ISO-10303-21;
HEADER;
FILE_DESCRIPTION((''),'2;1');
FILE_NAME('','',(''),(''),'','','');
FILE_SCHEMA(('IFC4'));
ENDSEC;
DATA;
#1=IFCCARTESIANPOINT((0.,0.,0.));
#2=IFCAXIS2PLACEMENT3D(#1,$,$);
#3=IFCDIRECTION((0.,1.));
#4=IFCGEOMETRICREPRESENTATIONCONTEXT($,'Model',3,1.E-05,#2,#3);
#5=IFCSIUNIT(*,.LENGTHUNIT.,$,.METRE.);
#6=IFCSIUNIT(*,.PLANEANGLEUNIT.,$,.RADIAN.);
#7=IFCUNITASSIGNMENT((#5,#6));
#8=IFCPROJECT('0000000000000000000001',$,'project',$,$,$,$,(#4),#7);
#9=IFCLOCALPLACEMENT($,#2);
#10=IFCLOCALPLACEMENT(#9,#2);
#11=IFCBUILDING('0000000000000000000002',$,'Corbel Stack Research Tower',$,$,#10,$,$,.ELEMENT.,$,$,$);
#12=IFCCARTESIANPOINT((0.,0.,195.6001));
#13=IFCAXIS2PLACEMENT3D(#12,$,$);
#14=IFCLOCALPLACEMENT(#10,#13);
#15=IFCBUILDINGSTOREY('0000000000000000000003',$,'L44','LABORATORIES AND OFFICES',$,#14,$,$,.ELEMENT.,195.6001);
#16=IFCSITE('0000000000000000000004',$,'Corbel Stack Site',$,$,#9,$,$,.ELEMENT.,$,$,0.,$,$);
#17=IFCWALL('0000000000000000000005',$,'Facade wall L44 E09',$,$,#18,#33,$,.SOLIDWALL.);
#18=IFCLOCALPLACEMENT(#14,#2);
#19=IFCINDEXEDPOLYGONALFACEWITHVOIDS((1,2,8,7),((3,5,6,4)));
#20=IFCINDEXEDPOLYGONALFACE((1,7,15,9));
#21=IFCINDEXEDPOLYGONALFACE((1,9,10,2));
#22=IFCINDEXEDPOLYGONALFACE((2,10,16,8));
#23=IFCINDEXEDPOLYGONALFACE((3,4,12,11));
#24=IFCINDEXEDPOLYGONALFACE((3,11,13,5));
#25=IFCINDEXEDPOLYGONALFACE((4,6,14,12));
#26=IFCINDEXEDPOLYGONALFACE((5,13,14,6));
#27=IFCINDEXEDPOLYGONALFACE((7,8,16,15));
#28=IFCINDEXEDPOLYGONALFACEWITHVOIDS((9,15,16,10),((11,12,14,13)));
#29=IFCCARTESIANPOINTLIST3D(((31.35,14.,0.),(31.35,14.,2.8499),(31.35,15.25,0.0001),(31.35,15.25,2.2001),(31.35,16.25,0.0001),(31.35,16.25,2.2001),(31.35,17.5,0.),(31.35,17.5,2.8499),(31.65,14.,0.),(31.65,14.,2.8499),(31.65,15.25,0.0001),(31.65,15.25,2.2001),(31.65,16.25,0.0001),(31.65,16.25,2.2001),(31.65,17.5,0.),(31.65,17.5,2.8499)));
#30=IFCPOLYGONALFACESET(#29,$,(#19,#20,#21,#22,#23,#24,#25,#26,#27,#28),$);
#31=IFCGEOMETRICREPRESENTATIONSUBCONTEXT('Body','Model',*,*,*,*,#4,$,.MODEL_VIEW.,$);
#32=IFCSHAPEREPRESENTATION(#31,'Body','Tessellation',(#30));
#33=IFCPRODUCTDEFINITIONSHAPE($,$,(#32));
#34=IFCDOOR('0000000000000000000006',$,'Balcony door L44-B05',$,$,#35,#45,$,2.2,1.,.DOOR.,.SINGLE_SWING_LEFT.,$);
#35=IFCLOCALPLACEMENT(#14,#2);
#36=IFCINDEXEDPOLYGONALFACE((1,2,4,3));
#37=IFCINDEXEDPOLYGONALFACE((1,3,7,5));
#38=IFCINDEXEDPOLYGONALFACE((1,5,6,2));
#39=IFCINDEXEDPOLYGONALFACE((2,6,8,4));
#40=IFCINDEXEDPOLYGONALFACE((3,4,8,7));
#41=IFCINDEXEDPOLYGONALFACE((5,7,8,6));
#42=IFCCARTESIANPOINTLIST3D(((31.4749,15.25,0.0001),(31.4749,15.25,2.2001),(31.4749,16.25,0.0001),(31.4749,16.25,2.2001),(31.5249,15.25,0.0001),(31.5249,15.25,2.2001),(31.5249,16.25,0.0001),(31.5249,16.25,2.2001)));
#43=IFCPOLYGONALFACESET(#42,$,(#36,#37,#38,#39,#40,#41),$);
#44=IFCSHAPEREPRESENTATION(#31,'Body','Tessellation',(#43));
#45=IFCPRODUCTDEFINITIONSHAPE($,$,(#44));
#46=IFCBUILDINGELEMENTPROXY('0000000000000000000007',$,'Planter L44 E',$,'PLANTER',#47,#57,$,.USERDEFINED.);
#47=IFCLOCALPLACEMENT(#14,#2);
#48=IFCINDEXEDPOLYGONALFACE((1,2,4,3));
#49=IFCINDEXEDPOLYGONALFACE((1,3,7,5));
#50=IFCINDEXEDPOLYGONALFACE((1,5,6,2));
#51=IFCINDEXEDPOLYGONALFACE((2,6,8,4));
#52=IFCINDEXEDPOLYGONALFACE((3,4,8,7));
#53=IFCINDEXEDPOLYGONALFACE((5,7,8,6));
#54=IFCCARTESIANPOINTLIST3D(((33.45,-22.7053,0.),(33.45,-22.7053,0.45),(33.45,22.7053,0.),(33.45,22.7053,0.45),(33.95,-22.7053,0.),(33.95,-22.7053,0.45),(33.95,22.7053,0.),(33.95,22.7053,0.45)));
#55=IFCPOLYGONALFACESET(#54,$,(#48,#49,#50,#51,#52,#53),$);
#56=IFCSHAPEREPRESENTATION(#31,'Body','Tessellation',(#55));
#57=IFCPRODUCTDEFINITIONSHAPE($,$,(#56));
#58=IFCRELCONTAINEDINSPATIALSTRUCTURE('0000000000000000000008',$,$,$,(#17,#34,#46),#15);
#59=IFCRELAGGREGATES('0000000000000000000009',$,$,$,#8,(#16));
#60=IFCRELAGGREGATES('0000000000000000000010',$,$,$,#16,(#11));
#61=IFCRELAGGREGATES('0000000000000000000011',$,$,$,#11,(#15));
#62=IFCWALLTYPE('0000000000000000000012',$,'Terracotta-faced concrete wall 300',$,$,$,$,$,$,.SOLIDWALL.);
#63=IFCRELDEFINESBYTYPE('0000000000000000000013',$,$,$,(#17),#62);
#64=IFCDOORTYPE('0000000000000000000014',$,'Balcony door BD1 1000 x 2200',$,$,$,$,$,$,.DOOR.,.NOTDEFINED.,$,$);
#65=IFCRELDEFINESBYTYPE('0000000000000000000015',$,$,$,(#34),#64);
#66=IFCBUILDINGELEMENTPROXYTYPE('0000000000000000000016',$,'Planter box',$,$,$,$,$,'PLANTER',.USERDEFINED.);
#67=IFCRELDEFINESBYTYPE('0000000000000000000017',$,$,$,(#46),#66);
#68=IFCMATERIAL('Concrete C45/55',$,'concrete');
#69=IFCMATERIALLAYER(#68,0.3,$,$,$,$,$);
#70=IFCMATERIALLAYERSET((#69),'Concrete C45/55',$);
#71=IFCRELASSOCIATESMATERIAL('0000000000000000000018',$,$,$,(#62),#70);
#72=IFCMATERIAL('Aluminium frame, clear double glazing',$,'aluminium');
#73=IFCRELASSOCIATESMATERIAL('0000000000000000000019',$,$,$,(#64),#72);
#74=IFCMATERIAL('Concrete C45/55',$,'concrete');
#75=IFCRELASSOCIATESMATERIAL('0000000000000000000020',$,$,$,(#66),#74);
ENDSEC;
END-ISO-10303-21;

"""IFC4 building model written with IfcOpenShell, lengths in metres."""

from ifc_helpers import new_model, si_unit, direction, frame, frame_2d, origin, origin_2d, place, context, subcontext, project, spatial, rectangle, extrude, material, layer, layer_set, type_object, element, fill, save


model = new_model("IFC4")

# Units and contexts
model_context = context("Model", 3, precision=1e-05, world=origin(), true_north=direction((0.0, 1.0)))
body_context = subcontext(model_context, "Body", "Model", "MODEL_VIEW")
ifc_project = project(units=[si_unit("LENGTHUNIT", "METRE"), si_unit("PLANEANGLEUNIT", "RADIAN")], contexts=[model_context])

# Site, building, storey
site_placement = place(None, origin())
site = spatial("IfcSite", under=ifc_project, at=site_placement, Name="Corbel Stack Site", CompositionType="ELEMENT", RefElevation=0.0)
building_placement = place(site_placement, origin())
building = spatial("IfcBuilding", under=site, at=building_placement, Name="Corbel Stack Research Tower", CompositionType="ELEMENT")
storey_placement = place(building_placement, frame((0.0, 0.0, 195.6001)))
storey = spatial("IfcBuildingStorey", under=building, at=storey_placement, Name="L44", Description="LABORATORIES AND OFFICES", CompositionType="ELEMENT", Elevation=195.6001)

# Shared definitions
ifc_material_1 = material(Name="Concrete C45/55", Category="concrete")
ifc_layer_1 = layer(ifc_material_1, 0.3)
ifc_layer_set_1 = layer_set([ifc_layer_1], Name="Concrete C45/55")
wall_type_1 = type_object("IfcWallType", Name="Terracotta-faced concrete wall 300", PredefinedType="SOLIDWALL", material=ifc_layer_set_1)

# Wall, opening, door
wall_1_placement = place(storey_placement, frame((31.5, 17.5, 0.0), z_axis=(0.0, 0.0, 1.0), x_axis=(0.0, -1.0, 0.0)))
wall_1 = element("IfcWall", 1, at=wall_1_placement, inside=storey, type_object=wall_type_1, Name="Facade wall L44 E09", PredefinedType="SOLIDWALL", context=body_context, shape_type="SweptSolid", body=[
    extrude(rectangle(XDim=3.5, YDim=0.3, at=frame_2d((1.75, 0.0))), origin(), (0.0, 0.0, 1.0), 2.8499),
])
opening_1_placement = place(wall_1_placement, frame((1.25, 0.0, 0.0)))
opening_1 = element("IfcOpeningElement", 2, at=opening_1_placement, cuts=wall_1, PredefinedType="OPENING", context=body_context, shape_type="SweptSolid", body=[
    extrude(rectangle(XDim=1.0, YDim=2.2, at=frame_2d((0.5, 1.1001))), frame((0.0, 0.1599, 0.0), z_axis=(0.0, -1.0, 0.0), x_axis=(1.0, 0.0, 0.0)), (0.0, 0.0, 1.0), 0.3201),
])
ifc_material_2 = material(Name="Aluminium frame, clear double glazing", Category="aluminium")
door_type_1 = type_object("IfcDoorType", Name="Balcony door BD1 1000 x 2200", OperationType="NOTDEFINED", PredefinedType="DOOR", material=ifc_material_2)
door_1_placement = place(opening_1_placement, origin())
door_1 = element("IfcDoor", 3, at=door_1_placement, inside=storey, type_object=door_type_1, Name="Balcony door L44-B05", OperationType="SINGLE_SWING_LEFT", OverallHeight=2.2, OverallWidth=1.0, PredefinedType="DOOR", context=body_context, shape_type="SweptSolid", body=[
    extrude(rectangle(XDim=1.0, YDim=2.2, at=frame_2d((0.5, 1.1001))), frame((0.0, 0.0249, 0.0), z_axis=(0.0, -1.0, 0.0), x_axis=(1.0, 0.0, 0.0)), (0.0, 0.0, 1.0), 0.05),
])
fill(opening_1, door_1)

# Building element proxy
ifc_material_3 = material(Name="Concrete C45/55", Category="concrete")
building_element_proxy_type = type_object("IfcBuildingElementProxyType", Name="Planter box", ElementType="PLANTER", PredefinedType="USERDEFINED", material=ifc_material_3)
proxy_placement = place(storey_placement, frame((33.7, 0.0, 0.0), z_axis=(0.0, 0.0, 1.0), x_axis=(0.0, 1.0, 0.0)))
element("IfcBuildingElementProxy", 4, at=proxy_placement, inside=storey, type_object=building_element_proxy_type, Name="Planter L44 E", ObjectType="PLANTER", PredefinedType="USERDEFINED", context=body_context, shape_type="SweptSolid", body=[
    extrude(rectangle(XDim=45.4106, YDim=0.5, at=origin_2d()), origin(), (0.0, 0.0, 1.0), 0.45),
])

save(model, "model.ifc")
